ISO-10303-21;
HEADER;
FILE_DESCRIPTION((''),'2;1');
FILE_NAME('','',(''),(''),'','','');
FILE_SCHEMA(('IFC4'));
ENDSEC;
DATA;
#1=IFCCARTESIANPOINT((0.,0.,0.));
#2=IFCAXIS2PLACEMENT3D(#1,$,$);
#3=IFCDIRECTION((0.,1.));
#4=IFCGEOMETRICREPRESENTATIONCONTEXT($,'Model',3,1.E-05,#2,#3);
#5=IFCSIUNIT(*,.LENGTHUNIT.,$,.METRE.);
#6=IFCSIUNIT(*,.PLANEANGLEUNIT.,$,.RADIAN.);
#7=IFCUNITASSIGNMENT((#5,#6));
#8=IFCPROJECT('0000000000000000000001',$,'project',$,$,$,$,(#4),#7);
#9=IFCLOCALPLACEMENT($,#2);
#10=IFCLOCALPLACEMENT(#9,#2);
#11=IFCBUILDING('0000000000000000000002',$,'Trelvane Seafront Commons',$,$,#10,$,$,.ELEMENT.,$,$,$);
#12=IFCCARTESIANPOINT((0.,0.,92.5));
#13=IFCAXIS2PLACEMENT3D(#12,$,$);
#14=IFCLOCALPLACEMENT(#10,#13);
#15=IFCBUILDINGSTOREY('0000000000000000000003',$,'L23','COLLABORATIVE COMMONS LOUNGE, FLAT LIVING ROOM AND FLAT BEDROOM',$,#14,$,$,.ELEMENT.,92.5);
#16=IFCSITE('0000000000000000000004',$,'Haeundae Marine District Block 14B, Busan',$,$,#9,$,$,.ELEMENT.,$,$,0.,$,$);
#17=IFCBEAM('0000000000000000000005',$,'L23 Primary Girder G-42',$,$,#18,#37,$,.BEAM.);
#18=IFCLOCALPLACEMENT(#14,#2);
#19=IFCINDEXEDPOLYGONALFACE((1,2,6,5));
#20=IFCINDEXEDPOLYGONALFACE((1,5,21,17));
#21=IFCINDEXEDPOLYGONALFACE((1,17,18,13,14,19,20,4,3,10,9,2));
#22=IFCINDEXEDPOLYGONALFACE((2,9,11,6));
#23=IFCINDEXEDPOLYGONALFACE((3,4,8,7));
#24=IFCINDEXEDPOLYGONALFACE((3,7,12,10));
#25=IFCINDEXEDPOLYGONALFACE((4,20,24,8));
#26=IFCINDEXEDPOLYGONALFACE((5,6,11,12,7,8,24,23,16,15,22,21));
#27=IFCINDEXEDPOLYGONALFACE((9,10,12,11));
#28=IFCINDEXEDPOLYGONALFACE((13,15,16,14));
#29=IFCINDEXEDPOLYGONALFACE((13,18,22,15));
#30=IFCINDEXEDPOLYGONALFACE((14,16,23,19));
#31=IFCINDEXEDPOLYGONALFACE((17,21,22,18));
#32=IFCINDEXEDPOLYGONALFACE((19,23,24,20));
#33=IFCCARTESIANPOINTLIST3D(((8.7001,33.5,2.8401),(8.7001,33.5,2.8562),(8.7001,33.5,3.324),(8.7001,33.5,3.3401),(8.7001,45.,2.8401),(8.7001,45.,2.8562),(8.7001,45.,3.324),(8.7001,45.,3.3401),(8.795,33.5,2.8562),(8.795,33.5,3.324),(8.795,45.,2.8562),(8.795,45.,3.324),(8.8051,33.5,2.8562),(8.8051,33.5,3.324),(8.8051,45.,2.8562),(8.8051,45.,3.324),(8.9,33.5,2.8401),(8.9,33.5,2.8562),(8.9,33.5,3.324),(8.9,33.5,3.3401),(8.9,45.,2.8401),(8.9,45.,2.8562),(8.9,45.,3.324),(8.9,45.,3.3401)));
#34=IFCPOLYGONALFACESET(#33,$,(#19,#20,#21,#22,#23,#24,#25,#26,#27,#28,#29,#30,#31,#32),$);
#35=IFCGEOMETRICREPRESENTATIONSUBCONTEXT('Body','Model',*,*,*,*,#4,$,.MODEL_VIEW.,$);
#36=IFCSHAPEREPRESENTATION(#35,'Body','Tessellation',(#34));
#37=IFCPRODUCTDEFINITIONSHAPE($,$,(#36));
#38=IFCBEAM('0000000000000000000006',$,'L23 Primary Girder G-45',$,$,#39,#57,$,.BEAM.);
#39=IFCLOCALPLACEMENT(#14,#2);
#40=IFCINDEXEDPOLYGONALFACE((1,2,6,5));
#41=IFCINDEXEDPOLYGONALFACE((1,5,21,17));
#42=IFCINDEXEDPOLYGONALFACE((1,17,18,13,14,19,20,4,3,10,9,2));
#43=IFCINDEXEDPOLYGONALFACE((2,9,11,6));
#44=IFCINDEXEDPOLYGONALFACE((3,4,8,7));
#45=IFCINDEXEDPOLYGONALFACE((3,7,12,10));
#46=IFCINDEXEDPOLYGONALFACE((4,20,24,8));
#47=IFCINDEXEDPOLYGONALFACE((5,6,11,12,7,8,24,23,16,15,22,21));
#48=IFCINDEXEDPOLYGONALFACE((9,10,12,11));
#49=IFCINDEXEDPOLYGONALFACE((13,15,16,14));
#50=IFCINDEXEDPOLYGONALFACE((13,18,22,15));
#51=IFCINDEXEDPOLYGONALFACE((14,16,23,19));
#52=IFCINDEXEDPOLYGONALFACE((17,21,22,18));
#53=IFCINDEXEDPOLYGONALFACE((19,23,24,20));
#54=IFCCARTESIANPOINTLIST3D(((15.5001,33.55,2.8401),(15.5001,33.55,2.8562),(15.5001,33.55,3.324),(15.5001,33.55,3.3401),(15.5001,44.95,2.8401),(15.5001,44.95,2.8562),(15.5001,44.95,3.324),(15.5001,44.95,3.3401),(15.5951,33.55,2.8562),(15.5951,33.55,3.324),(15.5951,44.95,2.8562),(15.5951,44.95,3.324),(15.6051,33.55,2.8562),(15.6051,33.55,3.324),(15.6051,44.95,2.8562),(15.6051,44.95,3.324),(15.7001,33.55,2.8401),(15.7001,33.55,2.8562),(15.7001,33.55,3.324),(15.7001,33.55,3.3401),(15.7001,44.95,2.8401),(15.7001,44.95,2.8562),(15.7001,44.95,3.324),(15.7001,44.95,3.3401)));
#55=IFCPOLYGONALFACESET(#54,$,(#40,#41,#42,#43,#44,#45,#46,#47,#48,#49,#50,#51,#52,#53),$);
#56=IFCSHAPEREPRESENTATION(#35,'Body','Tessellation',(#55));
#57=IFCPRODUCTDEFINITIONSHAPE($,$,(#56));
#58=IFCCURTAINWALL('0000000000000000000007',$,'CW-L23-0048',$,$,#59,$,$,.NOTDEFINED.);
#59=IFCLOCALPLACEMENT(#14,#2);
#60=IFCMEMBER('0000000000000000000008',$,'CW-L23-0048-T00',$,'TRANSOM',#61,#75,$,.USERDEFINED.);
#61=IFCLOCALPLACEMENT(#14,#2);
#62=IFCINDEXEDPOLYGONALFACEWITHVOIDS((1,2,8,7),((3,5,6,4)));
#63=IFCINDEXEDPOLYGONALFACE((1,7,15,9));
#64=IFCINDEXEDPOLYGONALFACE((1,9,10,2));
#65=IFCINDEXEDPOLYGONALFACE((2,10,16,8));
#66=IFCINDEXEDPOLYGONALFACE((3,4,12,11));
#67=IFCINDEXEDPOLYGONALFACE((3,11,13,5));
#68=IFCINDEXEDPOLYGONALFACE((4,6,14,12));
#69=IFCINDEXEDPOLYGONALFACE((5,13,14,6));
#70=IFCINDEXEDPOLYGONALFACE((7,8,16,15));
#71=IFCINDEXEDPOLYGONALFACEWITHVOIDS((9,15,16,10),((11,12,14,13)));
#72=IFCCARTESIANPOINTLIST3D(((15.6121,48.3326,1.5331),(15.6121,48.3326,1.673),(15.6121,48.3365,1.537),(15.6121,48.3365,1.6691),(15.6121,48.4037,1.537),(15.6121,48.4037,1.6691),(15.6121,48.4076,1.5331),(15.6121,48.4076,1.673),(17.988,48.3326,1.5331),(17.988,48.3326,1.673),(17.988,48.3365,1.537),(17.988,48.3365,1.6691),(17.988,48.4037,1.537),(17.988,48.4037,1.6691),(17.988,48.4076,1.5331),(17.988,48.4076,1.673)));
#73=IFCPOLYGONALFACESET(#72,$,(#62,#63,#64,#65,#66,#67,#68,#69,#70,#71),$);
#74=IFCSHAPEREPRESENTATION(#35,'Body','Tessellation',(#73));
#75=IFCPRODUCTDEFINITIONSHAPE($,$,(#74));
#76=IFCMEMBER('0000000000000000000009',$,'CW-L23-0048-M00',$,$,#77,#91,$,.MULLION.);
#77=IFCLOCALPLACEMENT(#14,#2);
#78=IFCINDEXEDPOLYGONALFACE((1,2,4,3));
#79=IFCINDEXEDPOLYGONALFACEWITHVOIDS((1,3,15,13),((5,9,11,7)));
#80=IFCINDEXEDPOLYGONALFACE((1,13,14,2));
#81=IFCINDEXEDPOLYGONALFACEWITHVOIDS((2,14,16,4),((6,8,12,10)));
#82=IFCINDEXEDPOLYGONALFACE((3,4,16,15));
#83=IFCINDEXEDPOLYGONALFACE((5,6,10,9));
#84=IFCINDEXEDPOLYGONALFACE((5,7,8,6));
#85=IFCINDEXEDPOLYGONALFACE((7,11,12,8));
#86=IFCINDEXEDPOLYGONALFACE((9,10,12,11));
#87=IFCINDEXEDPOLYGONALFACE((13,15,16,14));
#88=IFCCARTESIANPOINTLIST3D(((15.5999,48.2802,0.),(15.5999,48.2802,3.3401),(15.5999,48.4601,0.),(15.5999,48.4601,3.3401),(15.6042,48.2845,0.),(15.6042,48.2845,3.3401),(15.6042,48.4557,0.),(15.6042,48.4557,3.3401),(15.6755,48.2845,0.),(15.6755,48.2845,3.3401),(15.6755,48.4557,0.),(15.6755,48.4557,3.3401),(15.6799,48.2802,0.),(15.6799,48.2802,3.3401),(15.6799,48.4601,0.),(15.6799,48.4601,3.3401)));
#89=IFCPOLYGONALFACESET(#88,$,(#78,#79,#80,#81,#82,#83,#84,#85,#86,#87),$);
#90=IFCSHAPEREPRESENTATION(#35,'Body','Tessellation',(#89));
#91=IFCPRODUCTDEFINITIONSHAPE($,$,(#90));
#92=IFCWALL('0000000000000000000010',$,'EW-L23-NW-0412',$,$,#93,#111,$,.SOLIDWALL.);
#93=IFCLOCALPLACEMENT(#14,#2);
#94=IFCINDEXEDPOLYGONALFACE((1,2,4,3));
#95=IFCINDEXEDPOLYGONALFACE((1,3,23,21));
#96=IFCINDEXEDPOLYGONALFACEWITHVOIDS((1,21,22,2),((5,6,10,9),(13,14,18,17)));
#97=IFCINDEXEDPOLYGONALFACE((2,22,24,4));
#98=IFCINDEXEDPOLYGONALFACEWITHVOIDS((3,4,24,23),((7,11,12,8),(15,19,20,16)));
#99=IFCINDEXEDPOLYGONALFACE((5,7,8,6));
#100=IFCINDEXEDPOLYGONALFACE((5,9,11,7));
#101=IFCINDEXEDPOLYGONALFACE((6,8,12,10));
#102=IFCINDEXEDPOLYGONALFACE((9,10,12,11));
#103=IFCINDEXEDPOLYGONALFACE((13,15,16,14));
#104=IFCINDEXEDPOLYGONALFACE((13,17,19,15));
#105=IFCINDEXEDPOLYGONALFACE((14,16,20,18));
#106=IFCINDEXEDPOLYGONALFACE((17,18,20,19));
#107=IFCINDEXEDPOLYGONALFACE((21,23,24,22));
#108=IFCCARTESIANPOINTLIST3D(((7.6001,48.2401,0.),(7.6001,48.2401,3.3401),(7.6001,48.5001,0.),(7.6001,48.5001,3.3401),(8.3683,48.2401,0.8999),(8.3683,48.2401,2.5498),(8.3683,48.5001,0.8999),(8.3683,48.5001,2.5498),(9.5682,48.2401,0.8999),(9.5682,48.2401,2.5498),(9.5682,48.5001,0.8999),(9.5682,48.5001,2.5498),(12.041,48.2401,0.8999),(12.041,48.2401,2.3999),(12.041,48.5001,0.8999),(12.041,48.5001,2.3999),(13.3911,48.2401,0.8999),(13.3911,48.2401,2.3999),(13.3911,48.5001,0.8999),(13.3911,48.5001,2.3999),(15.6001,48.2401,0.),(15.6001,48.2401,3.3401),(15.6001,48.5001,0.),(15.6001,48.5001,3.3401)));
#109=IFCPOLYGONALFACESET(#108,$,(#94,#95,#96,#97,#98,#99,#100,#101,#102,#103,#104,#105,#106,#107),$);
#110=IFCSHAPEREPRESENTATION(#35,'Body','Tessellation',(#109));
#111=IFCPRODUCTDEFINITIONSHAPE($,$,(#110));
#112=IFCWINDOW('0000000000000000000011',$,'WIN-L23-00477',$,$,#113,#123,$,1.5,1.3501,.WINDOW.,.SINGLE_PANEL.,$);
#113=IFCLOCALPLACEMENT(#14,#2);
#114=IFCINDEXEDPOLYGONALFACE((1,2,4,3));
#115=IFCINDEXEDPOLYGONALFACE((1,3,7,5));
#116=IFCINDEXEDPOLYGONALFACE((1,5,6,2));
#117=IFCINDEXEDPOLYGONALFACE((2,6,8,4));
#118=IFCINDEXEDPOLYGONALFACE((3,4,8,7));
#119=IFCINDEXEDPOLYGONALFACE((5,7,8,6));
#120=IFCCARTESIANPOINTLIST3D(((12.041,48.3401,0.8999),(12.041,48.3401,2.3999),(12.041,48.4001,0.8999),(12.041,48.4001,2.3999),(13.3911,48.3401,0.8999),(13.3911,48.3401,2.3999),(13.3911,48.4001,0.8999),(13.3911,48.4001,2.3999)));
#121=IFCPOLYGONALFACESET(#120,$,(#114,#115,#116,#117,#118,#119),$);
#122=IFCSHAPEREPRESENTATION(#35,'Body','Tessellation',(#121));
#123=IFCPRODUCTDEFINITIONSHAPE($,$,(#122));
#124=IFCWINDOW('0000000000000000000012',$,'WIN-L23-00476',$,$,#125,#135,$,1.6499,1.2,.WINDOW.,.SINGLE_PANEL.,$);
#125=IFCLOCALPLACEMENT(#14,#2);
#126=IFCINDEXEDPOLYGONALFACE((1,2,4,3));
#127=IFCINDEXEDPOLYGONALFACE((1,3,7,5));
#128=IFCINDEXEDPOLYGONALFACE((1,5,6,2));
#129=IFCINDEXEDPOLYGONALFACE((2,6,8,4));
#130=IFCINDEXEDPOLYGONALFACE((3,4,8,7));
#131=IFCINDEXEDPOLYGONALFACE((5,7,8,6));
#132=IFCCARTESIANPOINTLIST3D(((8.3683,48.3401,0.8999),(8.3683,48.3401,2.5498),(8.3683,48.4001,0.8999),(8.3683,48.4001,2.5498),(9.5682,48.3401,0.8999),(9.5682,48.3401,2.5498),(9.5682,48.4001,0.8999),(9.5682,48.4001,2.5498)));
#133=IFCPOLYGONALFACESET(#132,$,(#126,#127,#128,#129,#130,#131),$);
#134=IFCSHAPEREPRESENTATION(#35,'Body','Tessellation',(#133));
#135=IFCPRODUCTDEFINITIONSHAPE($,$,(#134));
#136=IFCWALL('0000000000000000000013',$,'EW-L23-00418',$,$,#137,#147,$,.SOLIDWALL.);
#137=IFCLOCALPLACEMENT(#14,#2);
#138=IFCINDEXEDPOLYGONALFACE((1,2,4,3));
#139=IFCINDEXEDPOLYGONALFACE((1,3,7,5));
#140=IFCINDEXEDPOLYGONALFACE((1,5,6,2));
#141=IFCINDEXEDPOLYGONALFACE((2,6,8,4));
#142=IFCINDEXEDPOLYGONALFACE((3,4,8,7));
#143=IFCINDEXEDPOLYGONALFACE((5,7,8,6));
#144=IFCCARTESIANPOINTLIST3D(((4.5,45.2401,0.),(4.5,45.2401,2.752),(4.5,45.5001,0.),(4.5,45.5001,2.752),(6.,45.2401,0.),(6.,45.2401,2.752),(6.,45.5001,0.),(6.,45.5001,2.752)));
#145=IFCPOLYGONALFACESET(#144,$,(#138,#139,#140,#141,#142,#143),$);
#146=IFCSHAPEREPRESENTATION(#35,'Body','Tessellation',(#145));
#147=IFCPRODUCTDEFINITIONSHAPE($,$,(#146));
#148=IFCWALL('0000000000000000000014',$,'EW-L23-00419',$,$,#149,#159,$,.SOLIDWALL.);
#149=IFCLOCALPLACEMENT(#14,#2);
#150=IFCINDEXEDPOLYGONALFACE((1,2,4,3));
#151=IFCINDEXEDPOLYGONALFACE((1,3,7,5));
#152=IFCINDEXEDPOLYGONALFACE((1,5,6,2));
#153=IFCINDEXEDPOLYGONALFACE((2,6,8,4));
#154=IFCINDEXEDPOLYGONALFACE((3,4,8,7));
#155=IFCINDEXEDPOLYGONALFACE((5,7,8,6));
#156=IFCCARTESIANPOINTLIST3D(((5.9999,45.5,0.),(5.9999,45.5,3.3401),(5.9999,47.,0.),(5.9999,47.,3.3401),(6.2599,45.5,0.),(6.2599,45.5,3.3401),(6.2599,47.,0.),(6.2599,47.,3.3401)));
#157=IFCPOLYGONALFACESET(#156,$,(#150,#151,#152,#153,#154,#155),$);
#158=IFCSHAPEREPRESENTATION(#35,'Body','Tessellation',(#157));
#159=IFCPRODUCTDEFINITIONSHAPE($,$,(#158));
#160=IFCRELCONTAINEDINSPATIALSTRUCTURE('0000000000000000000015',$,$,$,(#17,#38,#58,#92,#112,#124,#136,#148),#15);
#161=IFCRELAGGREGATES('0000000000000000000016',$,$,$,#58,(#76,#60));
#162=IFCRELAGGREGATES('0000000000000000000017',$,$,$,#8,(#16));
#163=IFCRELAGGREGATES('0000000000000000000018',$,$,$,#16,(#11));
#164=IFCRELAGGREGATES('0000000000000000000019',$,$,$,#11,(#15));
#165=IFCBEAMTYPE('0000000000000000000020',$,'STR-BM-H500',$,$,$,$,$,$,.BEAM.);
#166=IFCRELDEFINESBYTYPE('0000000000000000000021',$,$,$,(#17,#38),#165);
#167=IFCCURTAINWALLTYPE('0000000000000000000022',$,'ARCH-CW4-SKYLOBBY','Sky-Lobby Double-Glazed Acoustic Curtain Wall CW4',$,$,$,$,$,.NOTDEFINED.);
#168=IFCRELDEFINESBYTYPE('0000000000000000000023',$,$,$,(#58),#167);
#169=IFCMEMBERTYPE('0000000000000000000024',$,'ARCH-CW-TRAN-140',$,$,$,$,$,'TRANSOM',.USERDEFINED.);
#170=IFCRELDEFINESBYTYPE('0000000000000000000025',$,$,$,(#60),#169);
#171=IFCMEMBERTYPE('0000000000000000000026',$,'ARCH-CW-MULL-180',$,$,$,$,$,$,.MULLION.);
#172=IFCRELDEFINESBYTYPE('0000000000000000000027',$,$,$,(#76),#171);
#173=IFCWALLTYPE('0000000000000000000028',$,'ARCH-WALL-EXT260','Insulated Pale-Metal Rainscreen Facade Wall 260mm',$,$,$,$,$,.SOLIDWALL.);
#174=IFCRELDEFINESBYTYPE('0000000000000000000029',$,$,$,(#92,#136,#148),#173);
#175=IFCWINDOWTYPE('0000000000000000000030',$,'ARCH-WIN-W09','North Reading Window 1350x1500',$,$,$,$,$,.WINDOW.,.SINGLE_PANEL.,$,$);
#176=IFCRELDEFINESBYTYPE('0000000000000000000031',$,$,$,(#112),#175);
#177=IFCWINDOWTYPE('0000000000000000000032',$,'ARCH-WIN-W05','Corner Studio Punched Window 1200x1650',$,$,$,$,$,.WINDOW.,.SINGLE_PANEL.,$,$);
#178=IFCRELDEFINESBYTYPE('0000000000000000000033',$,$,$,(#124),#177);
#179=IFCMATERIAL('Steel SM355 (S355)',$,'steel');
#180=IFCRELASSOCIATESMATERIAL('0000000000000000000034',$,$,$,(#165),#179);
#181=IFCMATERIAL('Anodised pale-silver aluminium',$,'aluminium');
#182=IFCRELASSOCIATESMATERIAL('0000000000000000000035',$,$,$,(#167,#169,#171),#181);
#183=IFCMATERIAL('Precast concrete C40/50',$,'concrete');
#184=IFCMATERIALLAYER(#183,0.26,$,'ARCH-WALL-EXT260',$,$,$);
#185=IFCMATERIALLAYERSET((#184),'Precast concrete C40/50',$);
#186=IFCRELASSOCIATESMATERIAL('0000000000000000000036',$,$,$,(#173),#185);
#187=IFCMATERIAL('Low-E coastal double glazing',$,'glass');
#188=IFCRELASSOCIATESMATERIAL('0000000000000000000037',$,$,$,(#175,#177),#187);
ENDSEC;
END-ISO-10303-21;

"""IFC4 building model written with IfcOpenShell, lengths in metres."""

from ifc_helpers import new_model, si_unit, direction, frame, frame_2d, origin, origin_2d, place, context, subcontext, project, spatial, rectangle, hollow_rectangle, i_section, extrude, source, transform, mapped, material, layer, layer_set, material_profile, profile_set, type_object, element, fill, aggregate, save


model = new_model("IFC4")

# Units and contexts
model_context = context("Model", 3, precision=1e-05, world=origin(), true_north=direction((0.0, 1.0)))
body_context = subcontext(model_context, "Body", "Model", "MODEL_VIEW")
ifc_project = project(units=[si_unit("LENGTHUNIT", "METRE"), si_unit("PLANEANGLEUNIT", "RADIAN")], contexts=[model_context])

# Site, building, storey
site_placement = place(None, origin())
site = spatial("IfcSite", under=ifc_project, at=site_placement, Name="Haeundae Marine District Block 14B, Busan", CompositionType="ELEMENT", RefElevation=0.0)
building_placement = place(site_placement, origin())
building = spatial("IfcBuilding", under=site, at=building_placement, Name="Trelvane Seafront Commons", CompositionType="ELEMENT")
storey_placement = place(building_placement, frame((0.0, 0.0, 92.5)))
storey = spatial("IfcBuildingStorey", under=building, at=storey_placement, Name="L23", Description="COLLABORATIVE COMMONS LOUNGE, FLAT LIVING ROOM AND FLAT BEDROOM", CompositionType="ELEMENT", Elevation=92.5)

# Shared definitions
ifc_material_1 = material(Name="Steel SM355 (S355)", Category="steel")

# Beams
ifc_material_profile_1 = material_profile(ifc_material_1, i_section(OverallWidth=0.2, OverallDepth=0.5, WebThickness=0.01, FlangeThickness=0.0161, at=origin_2d()), Name="H-500x200x10x16")
ifc_profile_set_1 = profile_set([ifc_material_profile_1], Name="Steel SM355 (S355)")
beam_type_1 = type_object("IfcBeamType", Name="STR-BM-H500", PredefinedType="BEAM", material=ifc_profile_set_1)
shared_shape_1 = source(origin(), body_context, "Body", "SweptSolid", [
    extrude(i_section(OverallWidth=0.2, OverallDepth=0.5, WebThickness=0.01, FlangeThickness=0.0161, at=origin_2d()), origin(), (0.0, 0.0, 1.0), 11.5),
])
for number, where, z_axis, x_axis, name in (
    (1, (8.8, 33.5, 3.0901), (0.0, 1.0, 0.0), (-1.0, 0.0, 0.0), "L23 Primary Girder G-42"),
):
    element("IfcBeam", number, at=place(storey_placement, frame(where, z_axis=z_axis, x_axis=x_axis)), inside=storey, type_object=beam_type_1, Name=name, PredefinedType="BEAM", context=body_context, shape_type="MappedRepresentation", body=[
        mapped(shared_shape_1, transform((0.0, 0.0, 0.0), x_axis=(1.0, 0.0, 0.0), y_axis=(0.0, 1.0, 0.0), z_axis=(0.0, 0.0, 1.0), scale=1.0)),
    ])
shared_shape_2 = source(origin(), body_context, "Body", "SweptSolid", [
    extrude(i_section(OverallWidth=0.2, OverallDepth=0.5, WebThickness=0.01, FlangeThickness=0.0161, at=origin_2d()), origin(), (0.0, 0.0, 1.0), 11.3999),
])
beam_1_placement = place(storey_placement, frame((15.6001, 33.55, 3.0901), z_axis=(0.0, 1.0, 0.0), x_axis=(-1.0, 0.0, 0.0)))
element("IfcBeam", 2, at=beam_1_placement, inside=storey, type_object=beam_type_1, Name="L23 Primary Girder G-45", PredefinedType="BEAM", context=body_context, shape_type="MappedRepresentation", body=[
    mapped(shared_shape_2, transform((0.0, 0.0, 0.0), x_axis=(1.0, 0.0, 0.0), y_axis=(0.0, 1.0, 0.0), z_axis=(0.0, 0.0, 1.0), scale=1.0)),
])

# Curtain wall, members
ifc_material_2 = material(Name="Anodised pale-silver aluminium", Category="aluminium")
curtain_wall_type = type_object("IfcCurtainWallType", Name="ARCH-CW4-SKYLOBBY", Description="Sky-Lobby Double-Glazed Acoustic Curtain Wall CW4", PredefinedType="NOTDEFINED", material=ifc_material_2)
curtain_wall_placement = place(storey_placement, origin())
curtain_wall = element("IfcCurtainWall", 3, at=curtain_wall_placement, inside=storey, type_object=curtain_wall_type, Name="CW-L23-0048", PredefinedType="NOTDEFINED")
ifc_material_profile_2 = material_profile(ifc_material_2, hollow_rectangle(XDim=0.075, YDim=0.1399, WallThickness=0.0039, at=origin_2d()), Name="TRAN-75x140x4")
ifc_profile_set_2 = profile_set([ifc_material_profile_2], Name="Anodised pale-silver aluminium")
member_type_1 = type_object("IfcMemberType", Name="ARCH-CW-TRAN-140", ElementType="TRANSOM", PredefinedType="USERDEFINED", material=ifc_profile_set_2)
shared_shape_3 = source(origin(), body_context, "Body", "SweptSolid", [
    extrude(hollow_rectangle(XDim=0.075, YDim=0.1399, WallThickness=0.0039, at=origin_2d()), origin(), (0.0, 0.0, 1.0), 2.376),
])
member_1_placement = place(storey_placement, frame((15.6121, 48.3701, 1.603), z_axis=(1.0, 0.0, 0.0), x_axis=(0.0, 1.0, 0.0)))
member_1 = element("IfcMember", 4, at=member_1_placement, type_object=member_type_1, Name="CW-L23-0048-T00", ObjectType="TRANSOM", PredefinedType="USERDEFINED", context=body_context, shape_type="MappedRepresentation", body=[
    mapped(shared_shape_3, transform((0.0, 0.0, 0.0), x_axis=(1.0, 0.0, 0.0), y_axis=(0.0, 1.0, 0.0), z_axis=(0.0, 0.0, 1.0), scale=1.0)),
])
ifc_material_profile_3 = material_profile(ifc_material_2, hollow_rectangle(XDim=0.0801, YDim=0.1799, WallThickness=0.0044, at=origin_2d()), Name="MULL-80x180x4.5")
ifc_profile_set_3 = profile_set([ifc_material_profile_3], Name="Anodised pale-silver aluminium")
member_type_2 = type_object("IfcMemberType", Name="ARCH-CW-MULL-180", PredefinedType="MULLION", material=ifc_profile_set_3)
shared_shape_4 = source(origin(), body_context, "Body", "SweptSolid", [
    extrude(hollow_rectangle(XDim=0.0801, YDim=0.1799, WallThickness=0.0044, at=origin_2d()), origin(), (0.0, 0.0, 1.0), 3.3401),
])
member_2_placement = place(storey_placement, frame((15.6399, 48.3701, 0.0), z_axis=(0.0, 0.0, 1.0), x_axis=(1.0, 0.0, 0.0)))
member_2 = element("IfcMember", 5, at=member_2_placement, type_object=member_type_2, Name="CW-L23-0048-M00", PredefinedType="MULLION", context=body_context, shape_type="MappedRepresentation", body=[
    mapped(shared_shape_4, transform((0.0, 0.0, 0.0), x_axis=(1.0, 0.0, 0.0), y_axis=(0.0, 1.0, 0.0), z_axis=(0.0, 0.0, 1.0), scale=1.0)),
])
aggregate(curtain_wall, [member_2, member_1])

# Wall, openings, windows
ifc_material_3 = material(Name="Precast concrete C40/50", Category="concrete")
ifc_layer_1 = layer(ifc_material_3, 0.26, Name="ARCH-WALL-EXT260")
ifc_layer_set_1 = layer_set([ifc_layer_1], Name="Precast concrete C40/50")
wall_type_1 = type_object("IfcWallType", Name="ARCH-WALL-EXT260", Description="Insulated Pale-Metal Rainscreen Facade Wall 260mm", PredefinedType="SOLIDWALL", material=ifc_layer_set_1)
wall_1_placement = place(storey_placement, frame((7.6001, 48.3701, 0.0), z_axis=(0.0, 0.0, 1.0), x_axis=(1.0, 0.0, 0.0)))
wall_1 = element("IfcWall", 6, at=wall_1_placement, inside=storey, type_object=wall_type_1, Name="EW-L23-NW-0412", PredefinedType="SOLIDWALL", context=body_context, shape_type="SweptSolid", body=[
    extrude(rectangle(XDim=8.0, YDim=0.26, at=frame_2d((4.0, 0.0))), origin(), (0.0, 0.0, 1.0), 3.3401),
])
opening_1_placement = place(wall_1_placement, frame((0.7681, 0.0, 0.8999)))
opening_1 = element("IfcOpeningElement", 7, at=opening_1_placement, cuts=wall_1, PredefinedType="OPENING", context=body_context, shape_type="SweptSolid", body=[
    extrude(rectangle(XDim=1.2, YDim=1.6499, at=frame_2d((0.6001, 0.825))), frame((0.0, 0.1399, 0.0), z_axis=(0.0, -1.0, 0.0), x_axis=(1.0, 0.0, 0.0)), (0.0, 0.0, 1.0), 0.28),
])
opening_2_placement = place(wall_1_placement, frame((4.4409, 0.0, 0.8999)))
opening_2 = element("IfcOpeningElement", 8, at=opening_2_placement, cuts=wall_1, PredefinedType="OPENING", context=body_context, shape_type="SweptSolid", body=[
    extrude(rectangle(XDim=1.3501, YDim=1.5, at=frame_2d((0.675, 0.75))), frame((0.0, 0.1399, 0.0), z_axis=(0.0, -1.0, 0.0), x_axis=(1.0, 0.0, 0.0)), (0.0, 0.0, 1.0), 0.28),
])
ifc_material_4 = material(Name="Low-E coastal double glazing", Category="glass")
window_type_1 = type_object("IfcWindowType", Name="ARCH-WIN-W09", Description="North Reading Window 1350x1500", PartitioningType="SINGLE_PANEL", PredefinedType="WINDOW", material=ifc_material_4)
shared_shape_5 = source(origin(), body_context, "Body", "SweptSolid", [
    extrude(rectangle(XDim=1.3501, YDim=1.5, at=frame_2d((0.675, 0.75))), frame((0.0, 0.03, 0.0), z_axis=(0.0, -1.0, 0.0), x_axis=(1.0, 0.0, 0.0)), (0.0, 0.0, 1.0), 0.0601),
])
window_1_placement = place(opening_2_placement, origin())
window_1 = element("IfcWindow", 9, at=window_1_placement, inside=storey, type_object=window_type_1, Name="WIN-L23-00477", OverallHeight=1.5, OverallWidth=1.3501, PartitioningType="SINGLE_PANEL", PredefinedType="WINDOW", context=body_context, shape_type="MappedRepresentation", body=[
    mapped(shared_shape_5, transform((0.0, 0.0, 0.0), x_axis=(1.0, 0.0, 0.0), y_axis=(0.0, 1.0, 0.0), z_axis=(0.0, 0.0, 1.0), scale=1.0)),
])
fill(opening_2, window_1)
window_type_2 = type_object("IfcWindowType", Name="ARCH-WIN-W05", Description="Corner Studio Punched Window 1200x1650", PartitioningType="SINGLE_PANEL", PredefinedType="WINDOW", material=ifc_material_4)
shared_shape_6 = source(origin(), body_context, "Body", "SweptSolid", [
    extrude(rectangle(XDim=1.2, YDim=1.6499, at=frame_2d((0.6001, 0.825))), frame((0.0, 0.03, 0.0), z_axis=(0.0, -1.0, 0.0), x_axis=(1.0, 0.0, 0.0)), (0.0, 0.0, 1.0), 0.0601),
])
window_2_placement = place(opening_1_placement, origin())
window_2 = element("IfcWindow", 10, at=window_2_placement, inside=storey, type_object=window_type_2, Name="WIN-L23-00476", OverallHeight=1.6499, OverallWidth=1.2, PartitioningType="SINGLE_PANEL", PredefinedType="WINDOW", context=body_context, shape_type="MappedRepresentation", body=[
    mapped(shared_shape_6, transform((0.0, 0.0, 0.0), x_axis=(1.0, 0.0, 0.0), y_axis=(0.0, 1.0, 0.0), z_axis=(0.0, 0.0, 1.0), scale=1.0)),
])
fill(opening_1, window_2)

# Walls
wall_2_placement = place(storey_placement, frame((4.5, 45.3701, 0.0), z_axis=(0.0, 0.0, 1.0), x_axis=(1.0, 0.0, 0.0)))
element("IfcWall", 11, at=wall_2_placement, inside=storey, type_object=wall_type_1, Name="EW-L23-00418", PredefinedType="SOLIDWALL", context=body_context, shape_type="SweptSolid", body=[
    extrude(rectangle(XDim=1.5, YDim=0.26, at=frame_2d((0.75, 0.0))), origin(), (0.0, 0.0, 1.0), 2.752),
])
for number, where, z_axis, x_axis, name in (
    (12, (6.1299, 45.5, 0.0), (0.0, 0.0, 1.0), (0.0, 1.0, 0.0), "EW-L23-00419"),
):
    element("IfcWall", number, at=place(storey_placement, frame(where, z_axis=z_axis, x_axis=x_axis)), inside=storey, type_object=wall_type_1, Name=name, PredefinedType="SOLIDWALL", context=body_context, shape_type="SweptSolid", body=[
        extrude(rectangle(XDim=1.5, YDim=0.26, at=frame_2d((0.75, 0.0))), origin(), (0.0, 0.0, 1.0), 3.3401),
    ])

save(model, "model.ifc")
